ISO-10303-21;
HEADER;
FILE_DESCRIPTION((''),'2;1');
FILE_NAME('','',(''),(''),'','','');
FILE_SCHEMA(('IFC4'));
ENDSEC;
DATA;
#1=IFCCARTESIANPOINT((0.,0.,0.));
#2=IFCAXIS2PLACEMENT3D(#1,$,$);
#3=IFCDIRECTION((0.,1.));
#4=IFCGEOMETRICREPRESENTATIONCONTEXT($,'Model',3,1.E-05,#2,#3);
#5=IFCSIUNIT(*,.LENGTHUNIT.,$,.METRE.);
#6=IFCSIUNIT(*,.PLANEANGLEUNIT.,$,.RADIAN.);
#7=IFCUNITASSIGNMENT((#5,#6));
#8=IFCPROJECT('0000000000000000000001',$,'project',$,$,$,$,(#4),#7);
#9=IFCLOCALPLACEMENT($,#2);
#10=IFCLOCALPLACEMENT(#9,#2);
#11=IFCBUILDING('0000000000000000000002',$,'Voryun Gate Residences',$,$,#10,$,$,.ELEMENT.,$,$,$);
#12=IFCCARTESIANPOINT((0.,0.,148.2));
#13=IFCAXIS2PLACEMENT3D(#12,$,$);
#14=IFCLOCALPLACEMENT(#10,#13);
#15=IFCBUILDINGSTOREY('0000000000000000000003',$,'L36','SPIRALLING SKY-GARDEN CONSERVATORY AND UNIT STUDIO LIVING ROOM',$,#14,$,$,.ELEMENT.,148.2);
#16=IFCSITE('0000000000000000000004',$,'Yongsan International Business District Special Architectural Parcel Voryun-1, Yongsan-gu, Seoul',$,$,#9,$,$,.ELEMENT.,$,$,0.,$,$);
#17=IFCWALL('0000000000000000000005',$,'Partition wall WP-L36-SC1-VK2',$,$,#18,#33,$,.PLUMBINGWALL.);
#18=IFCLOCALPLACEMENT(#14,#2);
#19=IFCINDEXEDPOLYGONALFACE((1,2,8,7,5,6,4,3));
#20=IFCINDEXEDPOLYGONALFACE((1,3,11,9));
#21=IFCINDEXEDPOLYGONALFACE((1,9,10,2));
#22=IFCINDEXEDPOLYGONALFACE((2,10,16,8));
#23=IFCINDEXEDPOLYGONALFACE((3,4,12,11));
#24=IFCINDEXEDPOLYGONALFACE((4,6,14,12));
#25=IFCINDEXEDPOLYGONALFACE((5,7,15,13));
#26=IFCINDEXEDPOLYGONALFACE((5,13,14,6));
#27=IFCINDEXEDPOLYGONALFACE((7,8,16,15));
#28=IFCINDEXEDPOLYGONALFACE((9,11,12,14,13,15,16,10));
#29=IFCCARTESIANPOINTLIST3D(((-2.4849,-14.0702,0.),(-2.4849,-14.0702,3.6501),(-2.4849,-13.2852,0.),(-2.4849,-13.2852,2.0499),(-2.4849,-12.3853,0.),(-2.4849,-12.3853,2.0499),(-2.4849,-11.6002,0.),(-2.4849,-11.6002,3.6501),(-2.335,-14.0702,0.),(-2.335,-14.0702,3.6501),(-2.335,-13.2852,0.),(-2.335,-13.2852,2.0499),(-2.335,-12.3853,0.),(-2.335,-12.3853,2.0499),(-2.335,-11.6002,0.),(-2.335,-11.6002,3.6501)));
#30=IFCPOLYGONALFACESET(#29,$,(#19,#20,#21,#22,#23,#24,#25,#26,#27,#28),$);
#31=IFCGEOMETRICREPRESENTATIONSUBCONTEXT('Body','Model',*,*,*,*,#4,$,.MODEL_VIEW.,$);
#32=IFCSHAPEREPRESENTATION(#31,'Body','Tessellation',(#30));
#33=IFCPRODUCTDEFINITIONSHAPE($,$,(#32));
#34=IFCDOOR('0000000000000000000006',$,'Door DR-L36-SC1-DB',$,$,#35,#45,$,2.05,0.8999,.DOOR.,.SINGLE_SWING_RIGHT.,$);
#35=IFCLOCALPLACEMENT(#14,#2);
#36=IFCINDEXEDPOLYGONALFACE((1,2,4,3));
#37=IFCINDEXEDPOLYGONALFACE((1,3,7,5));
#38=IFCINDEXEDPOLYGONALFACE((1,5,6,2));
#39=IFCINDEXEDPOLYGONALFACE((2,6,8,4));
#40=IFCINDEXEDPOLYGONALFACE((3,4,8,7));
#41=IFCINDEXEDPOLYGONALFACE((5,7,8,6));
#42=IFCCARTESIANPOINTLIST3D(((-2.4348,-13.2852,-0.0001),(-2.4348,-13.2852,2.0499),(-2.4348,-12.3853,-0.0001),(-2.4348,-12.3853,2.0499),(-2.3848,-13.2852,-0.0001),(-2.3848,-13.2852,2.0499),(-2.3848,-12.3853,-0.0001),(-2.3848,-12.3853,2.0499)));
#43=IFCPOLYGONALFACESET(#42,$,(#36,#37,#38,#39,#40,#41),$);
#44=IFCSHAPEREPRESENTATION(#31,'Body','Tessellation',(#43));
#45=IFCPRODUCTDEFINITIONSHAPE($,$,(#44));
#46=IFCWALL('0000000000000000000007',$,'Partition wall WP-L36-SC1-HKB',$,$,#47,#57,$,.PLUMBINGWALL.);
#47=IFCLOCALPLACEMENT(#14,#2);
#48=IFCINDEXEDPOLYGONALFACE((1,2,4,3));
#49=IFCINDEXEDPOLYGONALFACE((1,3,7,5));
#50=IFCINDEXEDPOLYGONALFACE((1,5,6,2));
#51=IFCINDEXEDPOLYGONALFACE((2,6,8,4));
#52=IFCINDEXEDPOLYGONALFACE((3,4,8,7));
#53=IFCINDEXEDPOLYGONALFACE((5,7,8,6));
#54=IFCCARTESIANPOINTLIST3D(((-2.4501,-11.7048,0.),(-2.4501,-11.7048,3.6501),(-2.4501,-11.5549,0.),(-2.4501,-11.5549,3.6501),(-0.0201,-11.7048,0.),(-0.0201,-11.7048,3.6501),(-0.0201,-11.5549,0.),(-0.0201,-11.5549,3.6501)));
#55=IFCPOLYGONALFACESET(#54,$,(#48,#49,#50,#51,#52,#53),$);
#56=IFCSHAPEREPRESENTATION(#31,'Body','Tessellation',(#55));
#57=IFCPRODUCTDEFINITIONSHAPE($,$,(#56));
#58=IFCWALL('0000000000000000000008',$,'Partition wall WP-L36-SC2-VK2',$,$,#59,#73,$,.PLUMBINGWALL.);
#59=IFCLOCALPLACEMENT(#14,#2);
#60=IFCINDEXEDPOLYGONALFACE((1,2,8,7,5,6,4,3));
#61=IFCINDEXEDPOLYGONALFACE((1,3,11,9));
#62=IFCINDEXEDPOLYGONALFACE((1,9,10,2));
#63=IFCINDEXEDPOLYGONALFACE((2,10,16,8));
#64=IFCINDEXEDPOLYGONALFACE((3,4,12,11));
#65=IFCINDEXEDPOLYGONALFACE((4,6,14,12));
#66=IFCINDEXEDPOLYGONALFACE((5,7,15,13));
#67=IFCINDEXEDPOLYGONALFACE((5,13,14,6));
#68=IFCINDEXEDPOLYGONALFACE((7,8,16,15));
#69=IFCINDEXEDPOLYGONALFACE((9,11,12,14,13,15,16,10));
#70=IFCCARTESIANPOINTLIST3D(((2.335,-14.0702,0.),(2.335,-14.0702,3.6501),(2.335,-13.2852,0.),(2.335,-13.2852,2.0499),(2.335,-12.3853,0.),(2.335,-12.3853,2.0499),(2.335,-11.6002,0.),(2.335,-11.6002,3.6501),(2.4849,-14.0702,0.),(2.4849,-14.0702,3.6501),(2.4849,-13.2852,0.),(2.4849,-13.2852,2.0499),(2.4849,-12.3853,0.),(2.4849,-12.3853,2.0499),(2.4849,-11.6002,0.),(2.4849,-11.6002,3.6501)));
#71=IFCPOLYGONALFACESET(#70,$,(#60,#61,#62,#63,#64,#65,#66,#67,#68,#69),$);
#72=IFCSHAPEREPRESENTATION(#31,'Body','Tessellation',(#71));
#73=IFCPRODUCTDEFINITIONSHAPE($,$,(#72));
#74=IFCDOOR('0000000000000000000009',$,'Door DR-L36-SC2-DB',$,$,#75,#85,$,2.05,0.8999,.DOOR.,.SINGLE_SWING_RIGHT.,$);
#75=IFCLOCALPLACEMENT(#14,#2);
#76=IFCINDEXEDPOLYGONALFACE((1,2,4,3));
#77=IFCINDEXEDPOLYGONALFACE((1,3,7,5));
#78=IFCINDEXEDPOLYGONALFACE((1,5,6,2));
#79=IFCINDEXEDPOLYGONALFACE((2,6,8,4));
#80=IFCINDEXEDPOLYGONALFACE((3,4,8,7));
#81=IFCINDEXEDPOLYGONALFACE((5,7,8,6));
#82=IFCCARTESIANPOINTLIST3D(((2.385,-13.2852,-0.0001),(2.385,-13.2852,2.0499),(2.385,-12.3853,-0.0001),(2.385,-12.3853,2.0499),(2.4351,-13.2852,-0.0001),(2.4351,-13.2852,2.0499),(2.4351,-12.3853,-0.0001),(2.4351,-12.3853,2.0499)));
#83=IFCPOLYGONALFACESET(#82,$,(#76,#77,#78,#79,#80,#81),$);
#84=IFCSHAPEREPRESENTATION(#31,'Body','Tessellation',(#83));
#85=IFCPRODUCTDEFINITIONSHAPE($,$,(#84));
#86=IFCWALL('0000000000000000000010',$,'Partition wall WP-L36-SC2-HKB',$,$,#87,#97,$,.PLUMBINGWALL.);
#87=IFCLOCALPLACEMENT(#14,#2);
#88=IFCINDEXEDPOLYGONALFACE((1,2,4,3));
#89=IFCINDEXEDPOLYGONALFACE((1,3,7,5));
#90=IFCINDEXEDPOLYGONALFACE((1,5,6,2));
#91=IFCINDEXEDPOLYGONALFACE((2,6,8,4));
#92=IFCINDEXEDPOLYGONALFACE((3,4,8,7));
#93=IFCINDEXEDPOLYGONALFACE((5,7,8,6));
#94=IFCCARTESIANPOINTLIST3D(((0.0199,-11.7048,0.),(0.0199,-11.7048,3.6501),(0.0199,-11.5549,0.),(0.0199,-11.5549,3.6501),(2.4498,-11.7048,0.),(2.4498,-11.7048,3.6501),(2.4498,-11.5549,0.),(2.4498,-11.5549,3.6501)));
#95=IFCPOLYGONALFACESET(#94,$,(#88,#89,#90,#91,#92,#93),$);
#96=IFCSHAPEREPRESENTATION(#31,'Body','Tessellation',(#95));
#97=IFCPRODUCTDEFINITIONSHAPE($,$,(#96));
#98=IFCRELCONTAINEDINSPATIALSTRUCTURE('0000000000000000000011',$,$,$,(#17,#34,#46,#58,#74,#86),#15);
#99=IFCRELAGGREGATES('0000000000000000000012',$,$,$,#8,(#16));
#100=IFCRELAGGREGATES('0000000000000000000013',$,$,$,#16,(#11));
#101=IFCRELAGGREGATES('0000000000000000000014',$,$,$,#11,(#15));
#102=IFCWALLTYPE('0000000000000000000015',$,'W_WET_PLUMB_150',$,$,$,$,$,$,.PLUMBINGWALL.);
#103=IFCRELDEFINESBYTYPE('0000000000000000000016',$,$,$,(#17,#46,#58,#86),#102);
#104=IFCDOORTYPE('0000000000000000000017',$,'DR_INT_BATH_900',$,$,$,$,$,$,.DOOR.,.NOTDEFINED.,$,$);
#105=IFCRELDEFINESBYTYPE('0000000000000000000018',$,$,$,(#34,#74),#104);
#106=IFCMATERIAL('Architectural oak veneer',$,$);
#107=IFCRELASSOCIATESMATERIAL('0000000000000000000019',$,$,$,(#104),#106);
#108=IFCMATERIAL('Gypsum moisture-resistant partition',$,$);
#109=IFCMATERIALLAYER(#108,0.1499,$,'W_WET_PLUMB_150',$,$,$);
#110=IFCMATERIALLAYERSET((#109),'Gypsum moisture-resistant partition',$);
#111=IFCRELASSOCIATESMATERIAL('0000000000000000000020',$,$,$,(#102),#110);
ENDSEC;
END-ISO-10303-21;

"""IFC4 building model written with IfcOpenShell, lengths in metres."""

from ifc_helpers import new_model, si_unit, direction, frame, frame_2d, origin, place, context, subcontext, project, spatial, rectangle, extrude, material, layer, layer_set, type_object, element, fill, save


model = new_model("IFC4")

# Units and contexts
model_context = context("Model", 3, precision=1e-05, world=origin(), true_north=direction((0.0, 1.0)))
body_context = subcontext(model_context, "Body", "Model", "MODEL_VIEW")
ifc_project = project(units=[si_unit("LENGTHUNIT", "METRE"), si_unit("PLANEANGLEUNIT", "RADIAN")], contexts=[model_context])

# Site, building, storey
site_placement = place(None, origin())
site = spatial("IfcSite", under=ifc_project, at=site_placement, Name="Yongsan International Business District Special Architectural Parcel Voryun-1, Yongsan-gu, Seoul", CompositionType="ELEMENT", RefElevation=0.0)
building_placement = place(site_placement, origin())
building = spatial("IfcBuilding", under=site, at=building_placement, Name="Voryun Gate Residences", CompositionType="ELEMENT")
storey_placement = place(building_placement, frame((0.0, 0.0, 148.2)))
storey = spatial("IfcBuildingStorey", under=building, at=storey_placement, Name="L36", Description="SPIRALLING SKY-GARDEN CONSERVATORY AND UNIT STUDIO LIVING ROOM", CompositionType="ELEMENT", Elevation=148.2)

# Shared definitions
ifc_material_1 = material(Name="Architectural oak veneer")
door_type_1 = type_object("IfcDoorType", Name="DR_INT_BATH_900", OperationType="NOTDEFINED", PredefinedType="DOOR", material=ifc_material_1)

# Wall, opening, door
ifc_material_2 = material(Name="Gypsum moisture-resistant partition")
ifc_layer_1 = layer(ifc_material_2, 0.1499, Name="W_WET_PLUMB_150")
ifc_layer_set_1 = layer_set([ifc_layer_1], Name="Gypsum moisture-resistant partition")
wall_type_1 = type_object("IfcWallType", Name="W_WET_PLUMB_150", PredefinedType="PLUMBINGWALL", material=ifc_layer_set_1)
wall_1_placement = place(storey_placement, frame((-2.4099, -14.0701, 0.0), z_axis=(0.0, 0.0, 1.0), x_axis=(0.0, 1.0, 0.0)))
wall_1 = element("IfcWall", 1, at=wall_1_placement, inside=storey, type_object=wall_type_1, Name="Partition wall WP-L36-SC1-VK2", PredefinedType="PLUMBINGWALL", context=body_context, shape_type="SweptSolid", body=[
    extrude(rectangle(XDim=2.47, YDim=0.1499, at=frame_2d((1.2349, 0.0))), origin(), (0.0, 0.0, 1.0), 3.6501),
])
opening_1_placement = place(wall_1_placement, frame((0.7849, 0.0, 0.0)))
opening_1 = element("IfcOpeningElement", 2, at=opening_1_placement, cuts=wall_1, PredefinedType="OPENING", context=body_context, shape_type="SweptSolid", body=[
    extrude(rectangle(XDim=0.8999, YDim=2.05, at=frame_2d((0.45, 1.0249))), frame((0.0, 0.085, 0.0), z_axis=(0.0, -1.0, 0.0), x_axis=(1.0, 0.0, 0.0)), (0.0, 0.0, 1.0), 0.1699),
])
door_1_placement = place(opening_1_placement, origin())
door_1 = element("IfcDoor", 3, at=door_1_placement, inside=storey, type_object=door_type_1, Name="Door DR-L36-SC1-DB", OperationType="SINGLE_SWING_RIGHT", OverallHeight=2.05, OverallWidth=0.8999, PredefinedType="DOOR", context=body_context, shape_type="SweptSolid", body=[
    extrude(rectangle(XDim=0.8999, YDim=2.05, at=frame_2d((0.45, 1.0249))), frame((0.0, 0.0249, 0.0), z_axis=(0.0, -1.0, 0.0), x_axis=(1.0, 0.0, 0.0)), (0.0, 0.0, 1.0), 0.05),
])
fill(opening_1, door_1)

# Wall
wall_2_placement = place(storey_placement, frame((-2.45, -11.6299, 0.0), z_axis=(0.0, 0.0, 1.0), x_axis=(1.0, 0.0, 0.0)))
element("IfcWall", 4, at=wall_2_placement, inside=storey, type_object=wall_type_1, Name="Partition wall WP-L36-SC1-HKB", PredefinedType="PLUMBINGWALL", context=body_context, shape_type="SweptSolid", body=[
    extrude(rectangle(XDim=2.4299, YDim=0.1499, at=frame_2d((1.2148, 0.0))), origin(), (0.0, 0.0, 1.0), 3.6501),
])

# Wall, opening, door
wall_3_placement = place(storey_placement, frame((2.4099, -14.0701, 0.0), z_axis=(0.0, 0.0, 1.0), x_axis=(0.0, 1.0, 0.0)))
wall_3 = element("IfcWall", 5, at=wall_3_placement, inside=storey, type_object=wall_type_1, Name="Partition wall WP-L36-SC2-VK2", PredefinedType="PLUMBINGWALL", context=body_context, shape_type="SweptSolid", body=[
    extrude(rectangle(XDim=2.47, YDim=0.1499, at=frame_2d((1.2349, 0.0))), origin(), (0.0, 0.0, 1.0), 3.6501),
])
opening_2_placement = place(wall_3_placement, frame((0.7849, 0.0, 0.0)))
opening_2 = element("IfcOpeningElement", 6, at=opening_2_placement, cuts=wall_3, PredefinedType="OPENING", context=body_context, shape_type="SweptSolid", body=[
    extrude(rectangle(XDim=0.8999, YDim=2.05, at=frame_2d((0.45, 1.0249))), frame((0.0, 0.085, 0.0), z_axis=(0.0, -1.0, 0.0), x_axis=(1.0, 0.0, 0.0)), (0.0, 0.0, 1.0), 0.1699),
])
door_2_placement = place(opening_2_placement, origin())
door_2 = element("IfcDoor", 7, at=door_2_placement, inside=storey, type_object=door_type_1, Name="Door DR-L36-SC2-DB", OperationType="SINGLE_SWING_RIGHT", OverallHeight=2.05, OverallWidth=0.8999, PredefinedType="DOOR", context=body_context, shape_type="SweptSolid", body=[
    extrude(rectangle(XDim=0.8999, YDim=2.05, at=frame_2d((0.45, 1.0249))), frame((0.0, 0.0249, 0.0), z_axis=(0.0, -1.0, 0.0), x_axis=(1.0, 0.0, 0.0)), (0.0, 0.0, 1.0), 0.05),
])
fill(opening_2, door_2)

# Wall
wall_4_placement = place(storey_placement, frame((0.02, -11.6299, 0.0), z_axis=(0.0, 0.0, 1.0), x_axis=(1.0, 0.0, 0.0)))
element("IfcWall", 8, at=wall_4_placement, inside=storey, type_object=wall_type_1, Name="Partition wall WP-L36-SC2-HKB", PredefinedType="PLUMBINGWALL", context=body_context, shape_type="SweptSolid", body=[
    extrude(rectangle(XDim=2.4299, YDim=0.1499, at=frame_2d((1.2148, 0.0))), origin(), (0.0, 0.0, 1.0), 3.6501),
])

save(model, "model.ifc")
